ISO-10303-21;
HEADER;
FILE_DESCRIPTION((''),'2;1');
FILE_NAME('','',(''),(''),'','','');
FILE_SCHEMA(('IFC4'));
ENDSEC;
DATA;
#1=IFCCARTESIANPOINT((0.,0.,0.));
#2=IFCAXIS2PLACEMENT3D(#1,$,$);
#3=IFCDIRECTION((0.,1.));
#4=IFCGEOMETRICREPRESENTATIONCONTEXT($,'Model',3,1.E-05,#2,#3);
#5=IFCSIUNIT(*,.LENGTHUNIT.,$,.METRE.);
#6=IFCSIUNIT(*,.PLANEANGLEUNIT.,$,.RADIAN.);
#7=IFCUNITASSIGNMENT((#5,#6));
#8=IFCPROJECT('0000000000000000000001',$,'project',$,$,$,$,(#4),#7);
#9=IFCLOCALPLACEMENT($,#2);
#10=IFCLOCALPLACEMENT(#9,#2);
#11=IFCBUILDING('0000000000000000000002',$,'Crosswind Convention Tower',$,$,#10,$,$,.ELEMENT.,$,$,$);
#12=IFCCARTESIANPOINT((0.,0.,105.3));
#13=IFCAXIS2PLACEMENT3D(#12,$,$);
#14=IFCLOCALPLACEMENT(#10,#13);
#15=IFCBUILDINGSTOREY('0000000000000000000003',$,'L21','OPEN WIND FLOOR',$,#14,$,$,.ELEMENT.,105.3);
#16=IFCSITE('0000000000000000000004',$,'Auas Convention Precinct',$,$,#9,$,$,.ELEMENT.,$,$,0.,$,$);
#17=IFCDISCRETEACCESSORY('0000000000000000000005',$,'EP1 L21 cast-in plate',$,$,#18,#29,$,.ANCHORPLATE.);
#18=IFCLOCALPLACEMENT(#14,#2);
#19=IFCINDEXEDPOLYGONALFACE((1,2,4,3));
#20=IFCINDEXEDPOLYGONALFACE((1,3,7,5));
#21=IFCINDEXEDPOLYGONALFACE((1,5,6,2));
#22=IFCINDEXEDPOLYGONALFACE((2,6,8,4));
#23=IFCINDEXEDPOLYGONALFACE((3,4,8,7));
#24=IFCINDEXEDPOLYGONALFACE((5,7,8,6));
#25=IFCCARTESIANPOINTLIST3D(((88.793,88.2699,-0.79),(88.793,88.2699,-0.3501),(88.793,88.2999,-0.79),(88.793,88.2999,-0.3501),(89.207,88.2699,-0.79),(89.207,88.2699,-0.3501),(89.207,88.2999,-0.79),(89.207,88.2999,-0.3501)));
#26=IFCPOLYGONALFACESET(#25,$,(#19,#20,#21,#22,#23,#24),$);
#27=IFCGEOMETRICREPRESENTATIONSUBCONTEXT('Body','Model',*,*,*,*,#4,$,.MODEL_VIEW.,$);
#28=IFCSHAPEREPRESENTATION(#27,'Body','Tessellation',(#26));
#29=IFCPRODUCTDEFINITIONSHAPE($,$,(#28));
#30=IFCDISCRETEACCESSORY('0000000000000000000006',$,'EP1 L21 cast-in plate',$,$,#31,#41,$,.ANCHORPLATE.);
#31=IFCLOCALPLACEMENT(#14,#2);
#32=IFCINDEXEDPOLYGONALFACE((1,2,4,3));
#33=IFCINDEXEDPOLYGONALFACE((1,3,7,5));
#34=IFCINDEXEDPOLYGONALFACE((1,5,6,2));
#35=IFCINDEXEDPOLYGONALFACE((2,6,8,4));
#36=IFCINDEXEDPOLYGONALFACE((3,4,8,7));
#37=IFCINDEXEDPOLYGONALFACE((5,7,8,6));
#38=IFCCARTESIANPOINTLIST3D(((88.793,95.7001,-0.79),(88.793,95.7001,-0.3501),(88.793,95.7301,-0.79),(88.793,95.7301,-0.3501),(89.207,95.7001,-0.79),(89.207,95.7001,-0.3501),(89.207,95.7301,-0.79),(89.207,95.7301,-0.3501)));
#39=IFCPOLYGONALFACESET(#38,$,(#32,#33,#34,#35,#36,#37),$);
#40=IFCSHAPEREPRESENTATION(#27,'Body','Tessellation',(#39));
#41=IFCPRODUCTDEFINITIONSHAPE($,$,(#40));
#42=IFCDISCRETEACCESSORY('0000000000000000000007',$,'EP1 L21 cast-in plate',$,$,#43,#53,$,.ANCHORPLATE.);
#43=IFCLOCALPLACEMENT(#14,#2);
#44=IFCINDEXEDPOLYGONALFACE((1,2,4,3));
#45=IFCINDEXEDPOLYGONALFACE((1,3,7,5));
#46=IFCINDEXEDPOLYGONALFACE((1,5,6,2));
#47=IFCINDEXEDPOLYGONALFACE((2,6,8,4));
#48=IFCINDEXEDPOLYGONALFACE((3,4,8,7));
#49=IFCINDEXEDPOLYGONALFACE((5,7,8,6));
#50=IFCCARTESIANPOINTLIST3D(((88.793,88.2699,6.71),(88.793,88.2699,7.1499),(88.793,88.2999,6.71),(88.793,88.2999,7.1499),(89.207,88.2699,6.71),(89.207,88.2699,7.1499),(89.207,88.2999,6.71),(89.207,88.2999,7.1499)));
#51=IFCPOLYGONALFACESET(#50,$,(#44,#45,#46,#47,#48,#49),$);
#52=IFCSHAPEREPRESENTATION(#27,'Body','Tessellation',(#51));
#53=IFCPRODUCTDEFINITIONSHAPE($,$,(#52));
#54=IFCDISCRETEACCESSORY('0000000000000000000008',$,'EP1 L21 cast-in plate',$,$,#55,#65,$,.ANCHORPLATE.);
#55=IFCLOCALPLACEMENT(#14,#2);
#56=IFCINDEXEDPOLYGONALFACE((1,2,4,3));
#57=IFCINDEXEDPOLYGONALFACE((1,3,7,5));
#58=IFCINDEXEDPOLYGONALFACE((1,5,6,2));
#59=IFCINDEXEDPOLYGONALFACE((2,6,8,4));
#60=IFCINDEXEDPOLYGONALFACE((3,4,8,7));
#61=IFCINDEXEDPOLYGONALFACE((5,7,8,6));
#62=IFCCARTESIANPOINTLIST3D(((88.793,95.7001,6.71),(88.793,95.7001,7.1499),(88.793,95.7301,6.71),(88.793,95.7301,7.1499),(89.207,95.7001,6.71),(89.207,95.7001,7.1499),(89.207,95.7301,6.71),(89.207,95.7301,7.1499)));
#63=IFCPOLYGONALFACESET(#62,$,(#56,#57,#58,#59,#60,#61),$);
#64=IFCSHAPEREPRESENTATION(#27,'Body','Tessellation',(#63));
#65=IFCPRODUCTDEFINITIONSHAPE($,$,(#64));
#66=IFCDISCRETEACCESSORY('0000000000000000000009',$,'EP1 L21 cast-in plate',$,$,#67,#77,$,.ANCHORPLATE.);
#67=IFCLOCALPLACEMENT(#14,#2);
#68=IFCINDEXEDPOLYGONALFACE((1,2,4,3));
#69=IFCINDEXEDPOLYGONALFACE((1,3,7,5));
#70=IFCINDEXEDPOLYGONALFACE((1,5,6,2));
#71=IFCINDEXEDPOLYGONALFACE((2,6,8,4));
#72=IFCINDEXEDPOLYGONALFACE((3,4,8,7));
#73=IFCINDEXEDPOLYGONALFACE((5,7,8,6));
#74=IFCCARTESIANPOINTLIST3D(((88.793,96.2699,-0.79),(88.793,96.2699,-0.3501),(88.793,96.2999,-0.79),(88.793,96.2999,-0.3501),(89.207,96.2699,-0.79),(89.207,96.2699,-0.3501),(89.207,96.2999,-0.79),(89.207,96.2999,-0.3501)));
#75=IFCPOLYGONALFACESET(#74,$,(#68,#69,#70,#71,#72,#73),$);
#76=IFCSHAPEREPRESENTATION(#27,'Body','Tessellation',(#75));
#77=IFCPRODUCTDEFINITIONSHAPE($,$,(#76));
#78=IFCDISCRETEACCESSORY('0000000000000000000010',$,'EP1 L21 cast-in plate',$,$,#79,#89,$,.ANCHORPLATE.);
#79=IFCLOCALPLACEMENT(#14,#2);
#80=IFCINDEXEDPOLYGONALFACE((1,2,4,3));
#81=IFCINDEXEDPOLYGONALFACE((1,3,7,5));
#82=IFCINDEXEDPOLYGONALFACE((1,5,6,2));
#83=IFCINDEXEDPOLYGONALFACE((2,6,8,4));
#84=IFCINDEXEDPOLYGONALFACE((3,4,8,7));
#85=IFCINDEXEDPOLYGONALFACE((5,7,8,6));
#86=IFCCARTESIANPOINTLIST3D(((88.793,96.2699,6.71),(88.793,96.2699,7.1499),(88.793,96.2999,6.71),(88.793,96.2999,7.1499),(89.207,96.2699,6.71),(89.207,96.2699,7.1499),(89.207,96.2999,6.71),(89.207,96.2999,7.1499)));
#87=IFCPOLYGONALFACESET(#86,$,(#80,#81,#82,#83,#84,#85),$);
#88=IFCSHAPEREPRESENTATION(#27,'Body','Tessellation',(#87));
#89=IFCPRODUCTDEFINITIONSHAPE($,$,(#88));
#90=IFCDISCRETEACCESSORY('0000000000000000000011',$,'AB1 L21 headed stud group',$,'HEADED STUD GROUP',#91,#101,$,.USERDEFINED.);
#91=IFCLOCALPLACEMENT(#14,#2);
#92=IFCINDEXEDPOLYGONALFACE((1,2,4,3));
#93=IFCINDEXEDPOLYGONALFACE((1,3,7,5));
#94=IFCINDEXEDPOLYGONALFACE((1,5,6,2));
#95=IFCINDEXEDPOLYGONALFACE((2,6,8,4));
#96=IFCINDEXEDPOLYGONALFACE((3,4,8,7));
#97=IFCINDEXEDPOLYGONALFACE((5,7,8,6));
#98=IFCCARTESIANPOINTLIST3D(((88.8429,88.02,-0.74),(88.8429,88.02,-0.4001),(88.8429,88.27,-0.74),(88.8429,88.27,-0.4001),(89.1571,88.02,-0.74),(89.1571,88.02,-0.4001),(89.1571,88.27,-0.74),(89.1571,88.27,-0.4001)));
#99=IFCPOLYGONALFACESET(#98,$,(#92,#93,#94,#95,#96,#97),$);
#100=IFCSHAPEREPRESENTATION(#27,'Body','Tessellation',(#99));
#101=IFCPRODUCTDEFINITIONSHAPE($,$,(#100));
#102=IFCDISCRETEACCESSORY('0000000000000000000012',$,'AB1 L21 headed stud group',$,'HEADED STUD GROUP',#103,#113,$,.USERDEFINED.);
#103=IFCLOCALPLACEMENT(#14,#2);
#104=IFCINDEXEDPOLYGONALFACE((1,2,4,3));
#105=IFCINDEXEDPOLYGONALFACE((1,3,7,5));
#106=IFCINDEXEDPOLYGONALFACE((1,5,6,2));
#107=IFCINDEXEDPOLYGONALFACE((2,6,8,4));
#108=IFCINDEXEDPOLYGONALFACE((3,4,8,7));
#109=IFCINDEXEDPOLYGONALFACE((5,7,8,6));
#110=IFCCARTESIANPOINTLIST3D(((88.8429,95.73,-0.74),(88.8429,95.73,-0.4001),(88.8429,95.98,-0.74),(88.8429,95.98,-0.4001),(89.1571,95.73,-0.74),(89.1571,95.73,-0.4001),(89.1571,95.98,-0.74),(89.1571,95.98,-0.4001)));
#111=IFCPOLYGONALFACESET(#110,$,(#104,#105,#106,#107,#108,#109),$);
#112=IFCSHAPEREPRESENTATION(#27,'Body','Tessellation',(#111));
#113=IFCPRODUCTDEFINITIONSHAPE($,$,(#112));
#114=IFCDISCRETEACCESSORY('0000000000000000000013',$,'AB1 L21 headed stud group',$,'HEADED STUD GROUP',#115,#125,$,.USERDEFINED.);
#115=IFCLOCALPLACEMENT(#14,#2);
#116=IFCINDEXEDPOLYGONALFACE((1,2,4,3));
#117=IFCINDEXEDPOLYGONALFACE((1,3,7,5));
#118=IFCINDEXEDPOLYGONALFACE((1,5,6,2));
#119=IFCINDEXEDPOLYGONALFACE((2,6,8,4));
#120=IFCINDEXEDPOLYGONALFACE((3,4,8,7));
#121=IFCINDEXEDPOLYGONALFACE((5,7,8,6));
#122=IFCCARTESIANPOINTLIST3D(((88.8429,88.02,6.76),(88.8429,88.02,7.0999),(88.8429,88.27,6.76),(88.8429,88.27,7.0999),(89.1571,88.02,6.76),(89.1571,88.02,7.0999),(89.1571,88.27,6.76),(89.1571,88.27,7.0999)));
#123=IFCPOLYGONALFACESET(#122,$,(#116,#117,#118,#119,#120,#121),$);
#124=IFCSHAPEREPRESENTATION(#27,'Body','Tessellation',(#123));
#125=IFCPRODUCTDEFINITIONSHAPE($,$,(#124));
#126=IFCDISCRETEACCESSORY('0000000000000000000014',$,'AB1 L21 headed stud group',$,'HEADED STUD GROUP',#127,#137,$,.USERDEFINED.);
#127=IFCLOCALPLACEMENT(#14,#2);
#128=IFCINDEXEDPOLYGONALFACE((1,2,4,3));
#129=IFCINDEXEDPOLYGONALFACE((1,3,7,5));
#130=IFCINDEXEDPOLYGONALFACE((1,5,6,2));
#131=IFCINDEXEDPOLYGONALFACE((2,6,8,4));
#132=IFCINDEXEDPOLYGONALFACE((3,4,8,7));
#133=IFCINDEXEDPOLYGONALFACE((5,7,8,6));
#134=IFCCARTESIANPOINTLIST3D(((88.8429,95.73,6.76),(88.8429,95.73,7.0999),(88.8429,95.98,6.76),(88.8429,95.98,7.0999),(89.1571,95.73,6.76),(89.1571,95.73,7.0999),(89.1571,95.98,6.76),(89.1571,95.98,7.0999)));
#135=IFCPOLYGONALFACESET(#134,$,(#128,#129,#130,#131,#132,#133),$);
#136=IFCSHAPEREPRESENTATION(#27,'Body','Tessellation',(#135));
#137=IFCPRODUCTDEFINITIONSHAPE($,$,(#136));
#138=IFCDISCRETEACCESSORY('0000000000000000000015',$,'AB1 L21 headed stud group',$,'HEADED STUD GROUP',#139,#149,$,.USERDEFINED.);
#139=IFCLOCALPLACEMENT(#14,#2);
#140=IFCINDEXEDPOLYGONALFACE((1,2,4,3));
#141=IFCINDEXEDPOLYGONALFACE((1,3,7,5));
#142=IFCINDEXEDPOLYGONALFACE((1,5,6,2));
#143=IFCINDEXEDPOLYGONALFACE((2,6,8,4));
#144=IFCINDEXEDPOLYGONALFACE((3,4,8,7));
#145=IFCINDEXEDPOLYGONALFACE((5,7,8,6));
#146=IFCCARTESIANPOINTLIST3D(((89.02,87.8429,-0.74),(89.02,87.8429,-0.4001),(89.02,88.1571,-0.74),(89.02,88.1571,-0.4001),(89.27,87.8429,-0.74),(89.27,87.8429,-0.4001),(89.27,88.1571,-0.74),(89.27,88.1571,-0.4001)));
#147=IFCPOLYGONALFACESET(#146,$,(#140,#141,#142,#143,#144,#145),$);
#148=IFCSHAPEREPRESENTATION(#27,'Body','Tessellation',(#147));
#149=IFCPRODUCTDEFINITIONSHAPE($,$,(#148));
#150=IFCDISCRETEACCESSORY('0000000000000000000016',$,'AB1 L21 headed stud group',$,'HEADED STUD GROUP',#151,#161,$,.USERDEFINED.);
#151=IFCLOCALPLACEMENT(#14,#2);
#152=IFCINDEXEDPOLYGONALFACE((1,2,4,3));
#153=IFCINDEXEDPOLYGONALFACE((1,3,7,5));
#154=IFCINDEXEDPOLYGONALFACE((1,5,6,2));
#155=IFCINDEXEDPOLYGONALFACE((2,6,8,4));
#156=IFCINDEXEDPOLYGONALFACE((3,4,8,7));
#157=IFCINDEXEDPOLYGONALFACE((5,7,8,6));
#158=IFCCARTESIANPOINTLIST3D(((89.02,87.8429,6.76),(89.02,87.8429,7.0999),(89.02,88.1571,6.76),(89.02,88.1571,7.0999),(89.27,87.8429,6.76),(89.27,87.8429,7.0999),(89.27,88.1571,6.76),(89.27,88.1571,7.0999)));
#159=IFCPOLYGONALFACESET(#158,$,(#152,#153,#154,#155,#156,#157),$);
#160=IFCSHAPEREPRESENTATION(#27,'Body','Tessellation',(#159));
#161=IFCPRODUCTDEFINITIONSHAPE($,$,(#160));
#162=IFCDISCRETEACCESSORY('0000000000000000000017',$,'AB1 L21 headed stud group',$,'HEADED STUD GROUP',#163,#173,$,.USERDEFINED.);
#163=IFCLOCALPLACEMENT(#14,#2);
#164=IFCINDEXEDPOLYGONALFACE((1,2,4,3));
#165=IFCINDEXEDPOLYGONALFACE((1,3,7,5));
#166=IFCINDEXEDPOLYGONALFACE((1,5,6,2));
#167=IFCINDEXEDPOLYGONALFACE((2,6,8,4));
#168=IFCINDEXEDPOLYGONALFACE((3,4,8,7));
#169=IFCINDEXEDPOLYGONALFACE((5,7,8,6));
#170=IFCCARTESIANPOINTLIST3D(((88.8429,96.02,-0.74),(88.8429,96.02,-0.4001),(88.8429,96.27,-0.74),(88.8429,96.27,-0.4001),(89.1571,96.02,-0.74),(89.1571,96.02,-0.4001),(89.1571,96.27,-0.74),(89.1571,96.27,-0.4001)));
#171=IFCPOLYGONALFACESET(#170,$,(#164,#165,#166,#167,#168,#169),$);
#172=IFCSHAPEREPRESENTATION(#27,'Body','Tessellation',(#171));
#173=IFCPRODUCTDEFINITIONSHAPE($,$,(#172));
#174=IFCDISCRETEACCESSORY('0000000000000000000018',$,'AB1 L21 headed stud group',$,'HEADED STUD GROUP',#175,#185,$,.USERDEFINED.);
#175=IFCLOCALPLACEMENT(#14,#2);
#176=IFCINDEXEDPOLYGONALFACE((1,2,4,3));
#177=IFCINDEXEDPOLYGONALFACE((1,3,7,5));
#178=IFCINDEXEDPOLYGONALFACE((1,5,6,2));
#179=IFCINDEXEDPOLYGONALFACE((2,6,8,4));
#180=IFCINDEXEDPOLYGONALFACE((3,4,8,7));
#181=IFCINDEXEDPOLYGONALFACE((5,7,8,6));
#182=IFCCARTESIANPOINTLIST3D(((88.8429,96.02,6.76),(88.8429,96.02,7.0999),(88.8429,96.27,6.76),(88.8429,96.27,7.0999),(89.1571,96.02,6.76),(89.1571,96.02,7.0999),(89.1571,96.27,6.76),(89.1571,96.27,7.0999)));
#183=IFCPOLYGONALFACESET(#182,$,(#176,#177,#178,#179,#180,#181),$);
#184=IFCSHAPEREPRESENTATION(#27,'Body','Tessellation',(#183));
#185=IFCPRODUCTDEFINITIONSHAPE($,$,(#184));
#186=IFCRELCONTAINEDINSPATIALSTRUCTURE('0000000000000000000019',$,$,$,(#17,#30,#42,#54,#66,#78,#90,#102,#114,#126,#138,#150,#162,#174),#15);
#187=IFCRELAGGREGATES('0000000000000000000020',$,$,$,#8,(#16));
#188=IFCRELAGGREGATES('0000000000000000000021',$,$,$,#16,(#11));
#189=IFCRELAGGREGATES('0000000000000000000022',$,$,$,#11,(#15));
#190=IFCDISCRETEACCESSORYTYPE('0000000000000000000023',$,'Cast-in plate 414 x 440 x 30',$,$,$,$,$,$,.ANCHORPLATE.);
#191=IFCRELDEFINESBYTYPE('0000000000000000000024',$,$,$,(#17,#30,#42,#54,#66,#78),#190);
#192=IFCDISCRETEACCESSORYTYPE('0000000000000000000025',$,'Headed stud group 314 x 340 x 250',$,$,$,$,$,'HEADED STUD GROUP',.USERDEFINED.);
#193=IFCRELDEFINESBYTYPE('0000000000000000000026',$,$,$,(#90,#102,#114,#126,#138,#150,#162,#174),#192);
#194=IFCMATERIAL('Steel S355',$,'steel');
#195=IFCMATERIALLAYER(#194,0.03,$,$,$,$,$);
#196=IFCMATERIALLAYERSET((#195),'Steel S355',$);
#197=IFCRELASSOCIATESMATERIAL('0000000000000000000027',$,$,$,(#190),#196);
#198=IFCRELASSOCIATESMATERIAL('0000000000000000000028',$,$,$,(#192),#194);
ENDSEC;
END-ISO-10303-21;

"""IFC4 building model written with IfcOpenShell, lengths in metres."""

from ifc_helpers import new_model, si_unit, direction, frame, origin, origin_2d, place, context, subcontext, project, spatial, rectangle, extrude, material, layer, layer_set, type_object, element, save


model = new_model("IFC4")

# Units and contexts
model_context = context("Model", 3, precision=1e-05, world=origin(), true_north=direction((0.0, 1.0)))
body_context = subcontext(model_context, "Body", "Model", "MODEL_VIEW")
ifc_project = project(units=[si_unit("LENGTHUNIT", "METRE"), si_unit("PLANEANGLEUNIT", "RADIAN")], contexts=[model_context])

# Site, building, storey
site_placement = place(None, origin())
site = spatial("IfcSite", under=ifc_project, at=site_placement, Name="Auas Convention Precinct", CompositionType="ELEMENT", RefElevation=0.0)
building_placement = place(site_placement, origin())
building = spatial("IfcBuilding", under=site, at=building_placement, Name="Crosswind Convention Tower", CompositionType="ELEMENT")
storey_placement = place(building_placement, frame((0.0, 0.0, 105.3)))
storey = spatial("IfcBuildingStorey", under=building, at=storey_placement, Name="L21", Description="OPEN WIND FLOOR", CompositionType="ELEMENT", Elevation=105.3)

# Shared definitions
ifc_material_1 = material(Name="Steel S355", Category="steel")

# Discrete accessories
ifc_layer_1 = layer(ifc_material_1, 0.03)
ifc_layer_set_1 = layer_set([ifc_layer_1], Name="Steel S355")
discrete_accessory_type_1 = type_object("IfcDiscreteAccessoryType", Name="Cast-in plate 414 x 440 x 30", PredefinedType="ANCHORPLATE", material=ifc_layer_set_1)
for number, where, z_axis, x_axis, name in (
    (1, (89.0, 88.2849, -0.79), (0.0, 0.0, 1.0), (1.0, 0.0, 0.0), "EP1 L21 cast-in plate"),
    (2, (89.0, 95.7151, -0.79), (0.0, 0.0, 1.0), (1.0, 0.0, 0.0), "EP1 L21 cast-in plate"),
    (3, (89.0, 88.2849, 6.71), (0.0, 0.0, 1.0), (1.0, 0.0, 0.0), "EP1 L21 cast-in plate"),
    (4, (89.0, 95.7151, 6.71), (0.0, 0.0, 1.0), (1.0, 0.0, 0.0), "EP1 L21 cast-in plate"),
    (5, (89.0, 96.2849, -0.79), (0.0, 0.0, 1.0), (1.0, 0.0, 0.0), "EP1 L21 cast-in plate"),
    (6, (89.0, 96.2849, 6.71), (0.0, 0.0, 1.0), (1.0, 0.0, 0.0), "EP1 L21 cast-in plate"),
):
    element("IfcDiscreteAccessory", number, at=place(storey_placement, frame(where, z_axis=z_axis, x_axis=x_axis)), inside=storey, type_object=discrete_accessory_type_1, Name=name, PredefinedType="ANCHORPLATE", context=body_context, shape_type="SweptSolid", body=[
        extrude(rectangle(XDim=0.4141, YDim=0.03, at=origin_2d()), origin(), (0.0, 0.0, 1.0), 0.4399),
    ])
discrete_accessory_type_2 = type_object("IfcDiscreteAccessoryType", Name="Headed stud group 314 x 340 x 250", ElementType="HEADED STUD GROUP", PredefinedType="USERDEFINED", material=ifc_material_1)
for number, where, z_axis, x_axis, name in (
    (7, (89.0, 88.145, -0.74), (0.0, 0.0, 1.0), (1.0, 0.0, 0.0), "AB1 L21 headed stud group"),
    (8, (89.0, 95.855, -0.74), (0.0, 0.0, 1.0), (1.0, 0.0, 0.0), "AB1 L21 headed stud group"),
    (9, (89.0, 88.145, 6.76), (0.0, 0.0, 1.0), (1.0, 0.0, 0.0), "AB1 L21 headed stud group"),
    (10, (89.0, 95.855, 6.76), (0.0, 0.0, 1.0), (1.0, 0.0, 0.0), "AB1 L21 headed stud group"),
):
    element("IfcDiscreteAccessory", number, at=place(storey_placement, frame(where, z_axis=z_axis, x_axis=x_axis)), inside=storey, type_object=discrete_accessory_type_2, Name=name, ObjectType="HEADED STUD GROUP", PredefinedType="USERDEFINED", context=body_context, shape_type="SweptSolid", body=[
        extrude(rectangle(XDim=0.3142, YDim=0.25, at=origin_2d()), origin(), (0.0, 0.0, 1.0), 0.3398),
    ])
for number, where, z_axis, x_axis, name in (
    (11, (89.145, 88.0, -0.74), (0.0, 0.0, 1.0), (1.0, 0.0, 0.0), "AB1 L21 headed stud group"),
    (12, (89.145, 88.0, 6.76), (0.0, 0.0, 1.0), (1.0, 0.0, 0.0), "AB1 L21 headed stud group"),
):
    element("IfcDiscreteAccessory", number, at=place(storey_placement, frame(where, z_axis=z_axis, x_axis=x_axis)), inside=storey, type_object=discrete_accessory_type_2, Name=name, ObjectType="HEADED STUD GROUP", PredefinedType="USERDEFINED", context=body_context, shape_type="SweptSolid", body=[
        extrude(rectangle(XDim=0.25, YDim=0.3142, at=origin_2d()), origin(), (0.0, 0.0, 1.0), 0.3398),
    ])
for number, where, z_axis, x_axis, name in (
    (13, (89.0, 96.145, -0.74), (0.0, 0.0, 1.0), (1.0, 0.0, 0.0), "AB1 L21 headed stud group"),
    (14, (89.0, 96.145, 6.76), (0.0, 0.0, 1.0), (1.0, 0.0, 0.0), "AB1 L21 headed stud group"),
):
    element("IfcDiscreteAccessory", number, at=place(storey_placement, frame(where, z_axis=z_axis, x_axis=x_axis)), inside=storey, type_object=discrete_accessory_type_2, Name=name, ObjectType="HEADED STUD GROUP", PredefinedType="USERDEFINED", context=body_context, shape_type="SweptSolid", body=[
        extrude(rectangle(XDim=0.3142, YDim=0.25, at=origin_2d()), origin(), (0.0, 0.0, 1.0), 0.3398),
    ])

save(model, "model.ifc")
